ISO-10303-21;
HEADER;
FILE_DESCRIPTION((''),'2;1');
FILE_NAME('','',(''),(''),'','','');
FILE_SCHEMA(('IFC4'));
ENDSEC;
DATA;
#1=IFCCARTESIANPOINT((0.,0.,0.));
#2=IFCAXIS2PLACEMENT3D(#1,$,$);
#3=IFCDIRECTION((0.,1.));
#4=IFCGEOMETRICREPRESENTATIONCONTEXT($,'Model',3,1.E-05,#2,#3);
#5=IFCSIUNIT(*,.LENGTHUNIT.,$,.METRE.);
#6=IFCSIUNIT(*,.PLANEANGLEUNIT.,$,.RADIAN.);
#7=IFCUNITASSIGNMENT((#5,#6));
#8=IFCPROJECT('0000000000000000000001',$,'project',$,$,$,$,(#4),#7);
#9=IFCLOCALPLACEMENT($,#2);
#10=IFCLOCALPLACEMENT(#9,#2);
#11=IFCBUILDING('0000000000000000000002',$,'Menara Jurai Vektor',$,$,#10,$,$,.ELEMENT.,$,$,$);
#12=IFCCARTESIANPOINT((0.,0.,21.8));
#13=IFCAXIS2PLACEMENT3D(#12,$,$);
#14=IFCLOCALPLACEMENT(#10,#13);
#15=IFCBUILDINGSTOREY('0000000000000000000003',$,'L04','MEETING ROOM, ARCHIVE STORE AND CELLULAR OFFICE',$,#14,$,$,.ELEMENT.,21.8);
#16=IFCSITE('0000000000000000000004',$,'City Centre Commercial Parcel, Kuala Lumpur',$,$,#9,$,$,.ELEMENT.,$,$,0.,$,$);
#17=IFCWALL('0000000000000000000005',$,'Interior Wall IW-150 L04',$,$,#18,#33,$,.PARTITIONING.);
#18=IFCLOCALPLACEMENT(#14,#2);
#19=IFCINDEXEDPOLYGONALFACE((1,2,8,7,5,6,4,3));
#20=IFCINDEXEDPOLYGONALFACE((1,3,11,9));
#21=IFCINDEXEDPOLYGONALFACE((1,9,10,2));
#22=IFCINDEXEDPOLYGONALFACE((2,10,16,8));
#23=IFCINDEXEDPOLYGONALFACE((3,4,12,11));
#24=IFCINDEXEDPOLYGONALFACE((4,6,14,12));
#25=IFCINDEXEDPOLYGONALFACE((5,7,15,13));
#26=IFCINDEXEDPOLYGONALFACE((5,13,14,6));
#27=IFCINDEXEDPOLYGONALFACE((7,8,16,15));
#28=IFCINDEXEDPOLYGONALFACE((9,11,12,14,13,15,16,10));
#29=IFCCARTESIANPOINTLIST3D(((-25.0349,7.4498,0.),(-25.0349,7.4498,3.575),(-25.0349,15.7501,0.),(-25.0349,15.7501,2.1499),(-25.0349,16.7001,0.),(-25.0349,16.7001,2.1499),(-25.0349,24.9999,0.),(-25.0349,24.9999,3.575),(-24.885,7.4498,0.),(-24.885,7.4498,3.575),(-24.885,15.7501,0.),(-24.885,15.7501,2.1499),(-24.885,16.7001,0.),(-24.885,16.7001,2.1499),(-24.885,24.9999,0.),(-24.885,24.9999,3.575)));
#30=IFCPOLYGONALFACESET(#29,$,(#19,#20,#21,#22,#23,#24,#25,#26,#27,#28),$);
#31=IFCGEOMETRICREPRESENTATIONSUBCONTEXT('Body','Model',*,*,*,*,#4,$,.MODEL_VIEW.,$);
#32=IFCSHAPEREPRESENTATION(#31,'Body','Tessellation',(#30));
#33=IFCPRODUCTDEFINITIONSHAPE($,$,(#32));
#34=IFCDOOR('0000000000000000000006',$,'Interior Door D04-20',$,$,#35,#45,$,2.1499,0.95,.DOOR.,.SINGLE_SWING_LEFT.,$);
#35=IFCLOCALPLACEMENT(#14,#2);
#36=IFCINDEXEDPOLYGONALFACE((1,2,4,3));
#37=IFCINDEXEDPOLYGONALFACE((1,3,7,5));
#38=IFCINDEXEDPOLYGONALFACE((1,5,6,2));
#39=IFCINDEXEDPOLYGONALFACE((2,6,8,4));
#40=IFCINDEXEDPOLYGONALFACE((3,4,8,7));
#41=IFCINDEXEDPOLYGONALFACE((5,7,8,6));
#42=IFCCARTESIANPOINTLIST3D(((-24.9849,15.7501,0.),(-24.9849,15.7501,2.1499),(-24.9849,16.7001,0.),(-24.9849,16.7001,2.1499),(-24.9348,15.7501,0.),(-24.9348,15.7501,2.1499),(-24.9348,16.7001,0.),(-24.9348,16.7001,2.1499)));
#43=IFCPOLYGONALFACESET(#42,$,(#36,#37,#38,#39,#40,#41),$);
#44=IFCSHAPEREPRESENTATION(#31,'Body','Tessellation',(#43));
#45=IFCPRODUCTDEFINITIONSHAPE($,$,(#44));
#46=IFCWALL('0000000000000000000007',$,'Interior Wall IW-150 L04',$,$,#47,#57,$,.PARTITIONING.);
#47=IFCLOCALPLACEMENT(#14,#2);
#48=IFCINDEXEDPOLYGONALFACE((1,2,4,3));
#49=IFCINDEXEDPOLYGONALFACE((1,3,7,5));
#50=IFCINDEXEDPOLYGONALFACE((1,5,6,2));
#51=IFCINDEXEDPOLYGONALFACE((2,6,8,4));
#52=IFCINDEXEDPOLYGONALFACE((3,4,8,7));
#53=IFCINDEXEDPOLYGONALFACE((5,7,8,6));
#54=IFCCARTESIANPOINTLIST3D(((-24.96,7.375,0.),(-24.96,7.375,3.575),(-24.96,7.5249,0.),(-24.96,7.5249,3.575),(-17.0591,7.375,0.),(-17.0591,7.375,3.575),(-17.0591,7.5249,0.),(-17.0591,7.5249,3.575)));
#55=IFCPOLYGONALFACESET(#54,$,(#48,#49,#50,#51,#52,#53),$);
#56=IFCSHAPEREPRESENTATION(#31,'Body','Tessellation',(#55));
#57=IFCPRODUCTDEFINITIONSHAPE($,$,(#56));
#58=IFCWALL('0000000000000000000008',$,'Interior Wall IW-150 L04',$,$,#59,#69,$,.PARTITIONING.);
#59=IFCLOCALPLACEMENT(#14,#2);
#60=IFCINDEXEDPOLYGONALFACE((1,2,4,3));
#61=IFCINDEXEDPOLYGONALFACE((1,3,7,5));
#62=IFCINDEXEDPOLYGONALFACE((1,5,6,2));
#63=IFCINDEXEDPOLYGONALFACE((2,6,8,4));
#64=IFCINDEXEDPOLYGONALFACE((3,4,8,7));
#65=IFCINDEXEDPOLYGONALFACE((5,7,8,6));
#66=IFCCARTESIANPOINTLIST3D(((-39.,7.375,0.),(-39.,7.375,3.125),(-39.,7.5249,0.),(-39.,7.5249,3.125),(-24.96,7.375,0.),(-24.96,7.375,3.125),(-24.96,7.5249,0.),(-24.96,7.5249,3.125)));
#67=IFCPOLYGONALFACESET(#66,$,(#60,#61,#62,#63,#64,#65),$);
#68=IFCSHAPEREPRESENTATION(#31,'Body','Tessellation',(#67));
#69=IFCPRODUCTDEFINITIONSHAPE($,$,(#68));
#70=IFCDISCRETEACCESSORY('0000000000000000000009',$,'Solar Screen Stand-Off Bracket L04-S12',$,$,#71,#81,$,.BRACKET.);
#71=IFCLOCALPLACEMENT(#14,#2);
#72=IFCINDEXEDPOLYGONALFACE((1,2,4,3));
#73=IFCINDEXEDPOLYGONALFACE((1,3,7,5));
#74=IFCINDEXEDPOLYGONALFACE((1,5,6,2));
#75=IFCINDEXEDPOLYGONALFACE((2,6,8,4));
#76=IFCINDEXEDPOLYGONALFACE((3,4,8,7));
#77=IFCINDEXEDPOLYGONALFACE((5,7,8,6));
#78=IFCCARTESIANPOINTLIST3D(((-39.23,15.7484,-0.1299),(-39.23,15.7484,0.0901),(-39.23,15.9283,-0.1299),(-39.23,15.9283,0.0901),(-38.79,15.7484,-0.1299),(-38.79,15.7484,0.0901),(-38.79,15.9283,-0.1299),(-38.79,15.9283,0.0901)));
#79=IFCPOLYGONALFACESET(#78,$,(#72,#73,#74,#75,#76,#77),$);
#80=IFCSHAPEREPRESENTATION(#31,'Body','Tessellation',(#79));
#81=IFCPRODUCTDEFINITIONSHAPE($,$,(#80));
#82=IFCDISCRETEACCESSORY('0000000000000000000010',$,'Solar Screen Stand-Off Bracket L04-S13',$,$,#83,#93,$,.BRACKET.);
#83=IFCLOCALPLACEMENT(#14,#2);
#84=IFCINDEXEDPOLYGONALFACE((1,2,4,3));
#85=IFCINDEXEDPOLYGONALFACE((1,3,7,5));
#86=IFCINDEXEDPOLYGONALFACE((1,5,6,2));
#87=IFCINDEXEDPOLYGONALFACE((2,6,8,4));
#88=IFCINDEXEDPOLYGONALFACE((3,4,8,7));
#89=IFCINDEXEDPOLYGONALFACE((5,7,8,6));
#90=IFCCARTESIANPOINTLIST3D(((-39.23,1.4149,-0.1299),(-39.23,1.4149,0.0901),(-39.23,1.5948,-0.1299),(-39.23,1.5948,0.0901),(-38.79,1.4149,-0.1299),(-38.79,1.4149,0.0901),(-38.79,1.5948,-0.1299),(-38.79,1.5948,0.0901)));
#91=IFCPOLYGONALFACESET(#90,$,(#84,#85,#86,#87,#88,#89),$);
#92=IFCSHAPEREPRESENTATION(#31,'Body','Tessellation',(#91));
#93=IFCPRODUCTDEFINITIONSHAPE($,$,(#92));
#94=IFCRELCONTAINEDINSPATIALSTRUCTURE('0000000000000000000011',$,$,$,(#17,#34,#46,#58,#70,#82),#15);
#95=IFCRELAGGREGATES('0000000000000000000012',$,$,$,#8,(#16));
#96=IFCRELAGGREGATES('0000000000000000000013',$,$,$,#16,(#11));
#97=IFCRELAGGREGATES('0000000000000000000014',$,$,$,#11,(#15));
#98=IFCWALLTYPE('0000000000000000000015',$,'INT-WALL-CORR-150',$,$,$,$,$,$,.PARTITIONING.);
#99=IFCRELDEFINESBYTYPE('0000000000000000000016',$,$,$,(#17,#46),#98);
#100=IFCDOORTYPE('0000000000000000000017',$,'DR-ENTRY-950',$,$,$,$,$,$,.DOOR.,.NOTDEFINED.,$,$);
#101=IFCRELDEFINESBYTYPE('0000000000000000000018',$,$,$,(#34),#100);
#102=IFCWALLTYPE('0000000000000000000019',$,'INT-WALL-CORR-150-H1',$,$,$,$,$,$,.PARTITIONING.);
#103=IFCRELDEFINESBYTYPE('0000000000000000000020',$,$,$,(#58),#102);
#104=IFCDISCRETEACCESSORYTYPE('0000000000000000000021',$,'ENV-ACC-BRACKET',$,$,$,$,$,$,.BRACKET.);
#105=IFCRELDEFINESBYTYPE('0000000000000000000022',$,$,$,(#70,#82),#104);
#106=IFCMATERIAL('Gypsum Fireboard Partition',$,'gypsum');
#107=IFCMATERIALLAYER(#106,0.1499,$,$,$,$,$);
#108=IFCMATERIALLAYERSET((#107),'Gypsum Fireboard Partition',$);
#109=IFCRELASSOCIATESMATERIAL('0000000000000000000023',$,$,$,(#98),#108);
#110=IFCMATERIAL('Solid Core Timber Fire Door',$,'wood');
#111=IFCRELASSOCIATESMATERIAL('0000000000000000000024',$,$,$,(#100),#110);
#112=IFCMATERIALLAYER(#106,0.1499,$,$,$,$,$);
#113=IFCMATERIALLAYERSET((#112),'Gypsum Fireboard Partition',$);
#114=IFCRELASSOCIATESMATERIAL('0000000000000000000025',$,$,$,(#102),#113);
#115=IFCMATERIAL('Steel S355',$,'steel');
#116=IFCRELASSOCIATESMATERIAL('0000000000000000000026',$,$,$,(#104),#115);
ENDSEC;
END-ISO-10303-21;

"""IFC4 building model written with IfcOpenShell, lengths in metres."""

from ifc_helpers import new_model, si_unit, direction, frame, frame_2d, origin, origin_2d, place, context, subcontext, project, spatial, rectangle, extrude, material, layer, layer_set, type_object, element, fill, save


model = new_model("IFC4")

# Units and contexts
model_context = context("Model", 3, precision=1e-05, world=origin(), true_north=direction((0.0, 1.0)))
body_context = subcontext(model_context, "Body", "Model", "MODEL_VIEW")
ifc_project = project(units=[si_unit("LENGTHUNIT", "METRE"), si_unit("PLANEANGLEUNIT", "RADIAN")], contexts=[model_context])

# Site, building, storey
site_placement = place(None, origin())
site = spatial("IfcSite", under=ifc_project, at=site_placement, Name="City Centre Commercial Parcel, Kuala Lumpur", CompositionType="ELEMENT", RefElevation=0.0)
building_placement = place(site_placement, origin())
building = spatial("IfcBuilding", under=site, at=building_placement, Name="Menara Jurai Vektor", CompositionType="ELEMENT")
storey_placement = place(building_placement, frame((0.0, 0.0, 21.8)))
storey = spatial("IfcBuildingStorey", under=building, at=storey_placement, Name="L04", Description="MEETING ROOM, ARCHIVE STORE AND CELLULAR OFFICE", CompositionType="ELEMENT", Elevation=21.8)

# Shared definitions
ifc_material_1 = material(Name="Steel S355", Category="steel")

# Wall, opening, door
ifc_material_2 = material(Name="Gypsum Fireboard Partition", Category="gypsum")
ifc_layer_1 = layer(ifc_material_2, 0.1499)
ifc_layer_set_1 = layer_set([ifc_layer_1], Name="Gypsum Fireboard Partition")
wall_type_1 = type_object("IfcWallType", Name="INT-WALL-CORR-150", PredefinedType="PARTITIONING", material=ifc_layer_set_1)
ifc_material_3 = material(Name="Solid Core Timber Fire Door", Category="wood")
door_type = type_object("IfcDoorType", Name="DR-ENTRY-950", OperationType="NOTDEFINED", PredefinedType="DOOR", material=ifc_material_3)
wall_1_placement = place(storey_placement, frame((-24.96, 7.45, 0.0), z_axis=(0.0, 0.0, 1.0), x_axis=(0.0, 1.0, 0.0)))
wall_1 = element("IfcWall", 1, at=wall_1_placement, inside=storey, type_object=wall_type_1, Name="Interior Wall IW-150 L04", PredefinedType="PARTITIONING", context=body_context, shape_type="SweptSolid", body=[
    extrude(rectangle(XDim=17.55, YDim=0.1499, at=frame_2d((8.7749, 0.0))), origin(), (0.0, 0.0, 1.0), 3.575),
])
opening_1_placement = place(wall_1_placement, frame((8.3, 0.0, 0.0)))
opening_1 = element("IfcOpeningElement", 2, at=opening_1_placement, cuts=wall_1, PredefinedType="OPENING", context=body_context, shape_type="SweptSolid", body=[
    extrude(rectangle(XDim=0.95, YDim=2.1499, at=frame_2d((0.4751, 1.075))), frame((0.0, 0.085, 0.0), z_axis=(0.0, -1.0, 0.0), x_axis=(1.0, 0.0, 0.0)), (0.0, 0.0, 1.0), 0.1699),
])
door_1_placement = place(opening_1_placement, origin())
door_1 = element("IfcDoor", 3, at=door_1_placement, inside=storey, type_object=door_type, Name="Interior Door D04-20", OperationType="SINGLE_SWING_LEFT", OverallHeight=2.1499, OverallWidth=0.95, PredefinedType="DOOR", context=body_context, shape_type="SweptSolid", body=[
    extrude(rectangle(XDim=0.95, YDim=2.1499, at=frame_2d((0.4751, 1.075))), frame((0.0, 0.0249, 0.0), z_axis=(0.0, -1.0, 0.0), x_axis=(1.0, 0.0, 0.0)), (0.0, 0.0, 1.0), 0.05),
])
fill(opening_1, door_1)

# Walls
wall_2_placement = place(storey_placement, frame((-24.96, 7.45, 0.0), z_axis=(0.0, 0.0, 1.0), x_axis=(1.0, 0.0, 0.0)))
element("IfcWall", 4, at=wall_2_placement, inside=storey, type_object=wall_type_1, Name="Interior Wall IW-150 L04", PredefinedType="PARTITIONING", context=body_context, shape_type="SweptSolid", body=[
    extrude(rectangle(XDim=7.9009, YDim=0.1499, at=frame_2d((3.9504, 0.0))), origin(), (0.0, 0.0, 1.0), 3.575),
])
ifc_layer_2 = layer(ifc_material_2, 0.1499)
ifc_layer_set_2 = layer_set([ifc_layer_2], Name="Gypsum Fireboard Partition")
wall_type_2 = type_object("IfcWallType", Name="INT-WALL-CORR-150-H1", PredefinedType="PARTITIONING", material=ifc_layer_set_2)
wall_3_placement = place(storey_placement, frame((-39.0, 7.45, 0.0), z_axis=(0.0, 0.0, 1.0), x_axis=(1.0, 0.0, 0.0)))
element("IfcWall", 5, at=wall_3_placement, inside=storey, type_object=wall_type_2, Name="Interior Wall IW-150 L04", PredefinedType="PARTITIONING", context=body_context, shape_type="SweptSolid", body=[
    extrude(rectangle(XDim=14.04, YDim=0.1499, at=frame_2d((7.02, 0.0))), origin(), (0.0, 0.0, 1.0), 3.125),
])

# Discrete accessories
discrete_accessory_type = type_object("IfcDiscreteAccessoryType", Name="ENV-ACC-BRACKET", PredefinedType="BRACKET", material=ifc_material_1)
for number, where, z_axis, x_axis, name in (
    (6, (-39.01, 15.8384, -0.1299), (0.0, 0.0, 1.0), (0.0, -1.0, 0.0), "Solar Screen Stand-Off Bracket L04-S12"),
    (7, (-39.01, 1.5049, -0.1299), (0.0, 0.0, 1.0), (0.0, -1.0, 0.0), "Solar Screen Stand-Off Bracket L04-S13"),
):
    element("IfcDiscreteAccessory", number, at=place(storey_placement, frame(where, z_axis=z_axis, x_axis=x_axis)), inside=storey, type_object=discrete_accessory_type, Name=name, PredefinedType="BRACKET", context=body_context, shape_type="SweptSolid", body=[
        extrude(rectangle(XDim=0.1799, YDim=0.4399, at=origin_2d()), origin(), (0.0, 0.0, 1.0), 0.22),
    ])

save(model, "model.ifc")
